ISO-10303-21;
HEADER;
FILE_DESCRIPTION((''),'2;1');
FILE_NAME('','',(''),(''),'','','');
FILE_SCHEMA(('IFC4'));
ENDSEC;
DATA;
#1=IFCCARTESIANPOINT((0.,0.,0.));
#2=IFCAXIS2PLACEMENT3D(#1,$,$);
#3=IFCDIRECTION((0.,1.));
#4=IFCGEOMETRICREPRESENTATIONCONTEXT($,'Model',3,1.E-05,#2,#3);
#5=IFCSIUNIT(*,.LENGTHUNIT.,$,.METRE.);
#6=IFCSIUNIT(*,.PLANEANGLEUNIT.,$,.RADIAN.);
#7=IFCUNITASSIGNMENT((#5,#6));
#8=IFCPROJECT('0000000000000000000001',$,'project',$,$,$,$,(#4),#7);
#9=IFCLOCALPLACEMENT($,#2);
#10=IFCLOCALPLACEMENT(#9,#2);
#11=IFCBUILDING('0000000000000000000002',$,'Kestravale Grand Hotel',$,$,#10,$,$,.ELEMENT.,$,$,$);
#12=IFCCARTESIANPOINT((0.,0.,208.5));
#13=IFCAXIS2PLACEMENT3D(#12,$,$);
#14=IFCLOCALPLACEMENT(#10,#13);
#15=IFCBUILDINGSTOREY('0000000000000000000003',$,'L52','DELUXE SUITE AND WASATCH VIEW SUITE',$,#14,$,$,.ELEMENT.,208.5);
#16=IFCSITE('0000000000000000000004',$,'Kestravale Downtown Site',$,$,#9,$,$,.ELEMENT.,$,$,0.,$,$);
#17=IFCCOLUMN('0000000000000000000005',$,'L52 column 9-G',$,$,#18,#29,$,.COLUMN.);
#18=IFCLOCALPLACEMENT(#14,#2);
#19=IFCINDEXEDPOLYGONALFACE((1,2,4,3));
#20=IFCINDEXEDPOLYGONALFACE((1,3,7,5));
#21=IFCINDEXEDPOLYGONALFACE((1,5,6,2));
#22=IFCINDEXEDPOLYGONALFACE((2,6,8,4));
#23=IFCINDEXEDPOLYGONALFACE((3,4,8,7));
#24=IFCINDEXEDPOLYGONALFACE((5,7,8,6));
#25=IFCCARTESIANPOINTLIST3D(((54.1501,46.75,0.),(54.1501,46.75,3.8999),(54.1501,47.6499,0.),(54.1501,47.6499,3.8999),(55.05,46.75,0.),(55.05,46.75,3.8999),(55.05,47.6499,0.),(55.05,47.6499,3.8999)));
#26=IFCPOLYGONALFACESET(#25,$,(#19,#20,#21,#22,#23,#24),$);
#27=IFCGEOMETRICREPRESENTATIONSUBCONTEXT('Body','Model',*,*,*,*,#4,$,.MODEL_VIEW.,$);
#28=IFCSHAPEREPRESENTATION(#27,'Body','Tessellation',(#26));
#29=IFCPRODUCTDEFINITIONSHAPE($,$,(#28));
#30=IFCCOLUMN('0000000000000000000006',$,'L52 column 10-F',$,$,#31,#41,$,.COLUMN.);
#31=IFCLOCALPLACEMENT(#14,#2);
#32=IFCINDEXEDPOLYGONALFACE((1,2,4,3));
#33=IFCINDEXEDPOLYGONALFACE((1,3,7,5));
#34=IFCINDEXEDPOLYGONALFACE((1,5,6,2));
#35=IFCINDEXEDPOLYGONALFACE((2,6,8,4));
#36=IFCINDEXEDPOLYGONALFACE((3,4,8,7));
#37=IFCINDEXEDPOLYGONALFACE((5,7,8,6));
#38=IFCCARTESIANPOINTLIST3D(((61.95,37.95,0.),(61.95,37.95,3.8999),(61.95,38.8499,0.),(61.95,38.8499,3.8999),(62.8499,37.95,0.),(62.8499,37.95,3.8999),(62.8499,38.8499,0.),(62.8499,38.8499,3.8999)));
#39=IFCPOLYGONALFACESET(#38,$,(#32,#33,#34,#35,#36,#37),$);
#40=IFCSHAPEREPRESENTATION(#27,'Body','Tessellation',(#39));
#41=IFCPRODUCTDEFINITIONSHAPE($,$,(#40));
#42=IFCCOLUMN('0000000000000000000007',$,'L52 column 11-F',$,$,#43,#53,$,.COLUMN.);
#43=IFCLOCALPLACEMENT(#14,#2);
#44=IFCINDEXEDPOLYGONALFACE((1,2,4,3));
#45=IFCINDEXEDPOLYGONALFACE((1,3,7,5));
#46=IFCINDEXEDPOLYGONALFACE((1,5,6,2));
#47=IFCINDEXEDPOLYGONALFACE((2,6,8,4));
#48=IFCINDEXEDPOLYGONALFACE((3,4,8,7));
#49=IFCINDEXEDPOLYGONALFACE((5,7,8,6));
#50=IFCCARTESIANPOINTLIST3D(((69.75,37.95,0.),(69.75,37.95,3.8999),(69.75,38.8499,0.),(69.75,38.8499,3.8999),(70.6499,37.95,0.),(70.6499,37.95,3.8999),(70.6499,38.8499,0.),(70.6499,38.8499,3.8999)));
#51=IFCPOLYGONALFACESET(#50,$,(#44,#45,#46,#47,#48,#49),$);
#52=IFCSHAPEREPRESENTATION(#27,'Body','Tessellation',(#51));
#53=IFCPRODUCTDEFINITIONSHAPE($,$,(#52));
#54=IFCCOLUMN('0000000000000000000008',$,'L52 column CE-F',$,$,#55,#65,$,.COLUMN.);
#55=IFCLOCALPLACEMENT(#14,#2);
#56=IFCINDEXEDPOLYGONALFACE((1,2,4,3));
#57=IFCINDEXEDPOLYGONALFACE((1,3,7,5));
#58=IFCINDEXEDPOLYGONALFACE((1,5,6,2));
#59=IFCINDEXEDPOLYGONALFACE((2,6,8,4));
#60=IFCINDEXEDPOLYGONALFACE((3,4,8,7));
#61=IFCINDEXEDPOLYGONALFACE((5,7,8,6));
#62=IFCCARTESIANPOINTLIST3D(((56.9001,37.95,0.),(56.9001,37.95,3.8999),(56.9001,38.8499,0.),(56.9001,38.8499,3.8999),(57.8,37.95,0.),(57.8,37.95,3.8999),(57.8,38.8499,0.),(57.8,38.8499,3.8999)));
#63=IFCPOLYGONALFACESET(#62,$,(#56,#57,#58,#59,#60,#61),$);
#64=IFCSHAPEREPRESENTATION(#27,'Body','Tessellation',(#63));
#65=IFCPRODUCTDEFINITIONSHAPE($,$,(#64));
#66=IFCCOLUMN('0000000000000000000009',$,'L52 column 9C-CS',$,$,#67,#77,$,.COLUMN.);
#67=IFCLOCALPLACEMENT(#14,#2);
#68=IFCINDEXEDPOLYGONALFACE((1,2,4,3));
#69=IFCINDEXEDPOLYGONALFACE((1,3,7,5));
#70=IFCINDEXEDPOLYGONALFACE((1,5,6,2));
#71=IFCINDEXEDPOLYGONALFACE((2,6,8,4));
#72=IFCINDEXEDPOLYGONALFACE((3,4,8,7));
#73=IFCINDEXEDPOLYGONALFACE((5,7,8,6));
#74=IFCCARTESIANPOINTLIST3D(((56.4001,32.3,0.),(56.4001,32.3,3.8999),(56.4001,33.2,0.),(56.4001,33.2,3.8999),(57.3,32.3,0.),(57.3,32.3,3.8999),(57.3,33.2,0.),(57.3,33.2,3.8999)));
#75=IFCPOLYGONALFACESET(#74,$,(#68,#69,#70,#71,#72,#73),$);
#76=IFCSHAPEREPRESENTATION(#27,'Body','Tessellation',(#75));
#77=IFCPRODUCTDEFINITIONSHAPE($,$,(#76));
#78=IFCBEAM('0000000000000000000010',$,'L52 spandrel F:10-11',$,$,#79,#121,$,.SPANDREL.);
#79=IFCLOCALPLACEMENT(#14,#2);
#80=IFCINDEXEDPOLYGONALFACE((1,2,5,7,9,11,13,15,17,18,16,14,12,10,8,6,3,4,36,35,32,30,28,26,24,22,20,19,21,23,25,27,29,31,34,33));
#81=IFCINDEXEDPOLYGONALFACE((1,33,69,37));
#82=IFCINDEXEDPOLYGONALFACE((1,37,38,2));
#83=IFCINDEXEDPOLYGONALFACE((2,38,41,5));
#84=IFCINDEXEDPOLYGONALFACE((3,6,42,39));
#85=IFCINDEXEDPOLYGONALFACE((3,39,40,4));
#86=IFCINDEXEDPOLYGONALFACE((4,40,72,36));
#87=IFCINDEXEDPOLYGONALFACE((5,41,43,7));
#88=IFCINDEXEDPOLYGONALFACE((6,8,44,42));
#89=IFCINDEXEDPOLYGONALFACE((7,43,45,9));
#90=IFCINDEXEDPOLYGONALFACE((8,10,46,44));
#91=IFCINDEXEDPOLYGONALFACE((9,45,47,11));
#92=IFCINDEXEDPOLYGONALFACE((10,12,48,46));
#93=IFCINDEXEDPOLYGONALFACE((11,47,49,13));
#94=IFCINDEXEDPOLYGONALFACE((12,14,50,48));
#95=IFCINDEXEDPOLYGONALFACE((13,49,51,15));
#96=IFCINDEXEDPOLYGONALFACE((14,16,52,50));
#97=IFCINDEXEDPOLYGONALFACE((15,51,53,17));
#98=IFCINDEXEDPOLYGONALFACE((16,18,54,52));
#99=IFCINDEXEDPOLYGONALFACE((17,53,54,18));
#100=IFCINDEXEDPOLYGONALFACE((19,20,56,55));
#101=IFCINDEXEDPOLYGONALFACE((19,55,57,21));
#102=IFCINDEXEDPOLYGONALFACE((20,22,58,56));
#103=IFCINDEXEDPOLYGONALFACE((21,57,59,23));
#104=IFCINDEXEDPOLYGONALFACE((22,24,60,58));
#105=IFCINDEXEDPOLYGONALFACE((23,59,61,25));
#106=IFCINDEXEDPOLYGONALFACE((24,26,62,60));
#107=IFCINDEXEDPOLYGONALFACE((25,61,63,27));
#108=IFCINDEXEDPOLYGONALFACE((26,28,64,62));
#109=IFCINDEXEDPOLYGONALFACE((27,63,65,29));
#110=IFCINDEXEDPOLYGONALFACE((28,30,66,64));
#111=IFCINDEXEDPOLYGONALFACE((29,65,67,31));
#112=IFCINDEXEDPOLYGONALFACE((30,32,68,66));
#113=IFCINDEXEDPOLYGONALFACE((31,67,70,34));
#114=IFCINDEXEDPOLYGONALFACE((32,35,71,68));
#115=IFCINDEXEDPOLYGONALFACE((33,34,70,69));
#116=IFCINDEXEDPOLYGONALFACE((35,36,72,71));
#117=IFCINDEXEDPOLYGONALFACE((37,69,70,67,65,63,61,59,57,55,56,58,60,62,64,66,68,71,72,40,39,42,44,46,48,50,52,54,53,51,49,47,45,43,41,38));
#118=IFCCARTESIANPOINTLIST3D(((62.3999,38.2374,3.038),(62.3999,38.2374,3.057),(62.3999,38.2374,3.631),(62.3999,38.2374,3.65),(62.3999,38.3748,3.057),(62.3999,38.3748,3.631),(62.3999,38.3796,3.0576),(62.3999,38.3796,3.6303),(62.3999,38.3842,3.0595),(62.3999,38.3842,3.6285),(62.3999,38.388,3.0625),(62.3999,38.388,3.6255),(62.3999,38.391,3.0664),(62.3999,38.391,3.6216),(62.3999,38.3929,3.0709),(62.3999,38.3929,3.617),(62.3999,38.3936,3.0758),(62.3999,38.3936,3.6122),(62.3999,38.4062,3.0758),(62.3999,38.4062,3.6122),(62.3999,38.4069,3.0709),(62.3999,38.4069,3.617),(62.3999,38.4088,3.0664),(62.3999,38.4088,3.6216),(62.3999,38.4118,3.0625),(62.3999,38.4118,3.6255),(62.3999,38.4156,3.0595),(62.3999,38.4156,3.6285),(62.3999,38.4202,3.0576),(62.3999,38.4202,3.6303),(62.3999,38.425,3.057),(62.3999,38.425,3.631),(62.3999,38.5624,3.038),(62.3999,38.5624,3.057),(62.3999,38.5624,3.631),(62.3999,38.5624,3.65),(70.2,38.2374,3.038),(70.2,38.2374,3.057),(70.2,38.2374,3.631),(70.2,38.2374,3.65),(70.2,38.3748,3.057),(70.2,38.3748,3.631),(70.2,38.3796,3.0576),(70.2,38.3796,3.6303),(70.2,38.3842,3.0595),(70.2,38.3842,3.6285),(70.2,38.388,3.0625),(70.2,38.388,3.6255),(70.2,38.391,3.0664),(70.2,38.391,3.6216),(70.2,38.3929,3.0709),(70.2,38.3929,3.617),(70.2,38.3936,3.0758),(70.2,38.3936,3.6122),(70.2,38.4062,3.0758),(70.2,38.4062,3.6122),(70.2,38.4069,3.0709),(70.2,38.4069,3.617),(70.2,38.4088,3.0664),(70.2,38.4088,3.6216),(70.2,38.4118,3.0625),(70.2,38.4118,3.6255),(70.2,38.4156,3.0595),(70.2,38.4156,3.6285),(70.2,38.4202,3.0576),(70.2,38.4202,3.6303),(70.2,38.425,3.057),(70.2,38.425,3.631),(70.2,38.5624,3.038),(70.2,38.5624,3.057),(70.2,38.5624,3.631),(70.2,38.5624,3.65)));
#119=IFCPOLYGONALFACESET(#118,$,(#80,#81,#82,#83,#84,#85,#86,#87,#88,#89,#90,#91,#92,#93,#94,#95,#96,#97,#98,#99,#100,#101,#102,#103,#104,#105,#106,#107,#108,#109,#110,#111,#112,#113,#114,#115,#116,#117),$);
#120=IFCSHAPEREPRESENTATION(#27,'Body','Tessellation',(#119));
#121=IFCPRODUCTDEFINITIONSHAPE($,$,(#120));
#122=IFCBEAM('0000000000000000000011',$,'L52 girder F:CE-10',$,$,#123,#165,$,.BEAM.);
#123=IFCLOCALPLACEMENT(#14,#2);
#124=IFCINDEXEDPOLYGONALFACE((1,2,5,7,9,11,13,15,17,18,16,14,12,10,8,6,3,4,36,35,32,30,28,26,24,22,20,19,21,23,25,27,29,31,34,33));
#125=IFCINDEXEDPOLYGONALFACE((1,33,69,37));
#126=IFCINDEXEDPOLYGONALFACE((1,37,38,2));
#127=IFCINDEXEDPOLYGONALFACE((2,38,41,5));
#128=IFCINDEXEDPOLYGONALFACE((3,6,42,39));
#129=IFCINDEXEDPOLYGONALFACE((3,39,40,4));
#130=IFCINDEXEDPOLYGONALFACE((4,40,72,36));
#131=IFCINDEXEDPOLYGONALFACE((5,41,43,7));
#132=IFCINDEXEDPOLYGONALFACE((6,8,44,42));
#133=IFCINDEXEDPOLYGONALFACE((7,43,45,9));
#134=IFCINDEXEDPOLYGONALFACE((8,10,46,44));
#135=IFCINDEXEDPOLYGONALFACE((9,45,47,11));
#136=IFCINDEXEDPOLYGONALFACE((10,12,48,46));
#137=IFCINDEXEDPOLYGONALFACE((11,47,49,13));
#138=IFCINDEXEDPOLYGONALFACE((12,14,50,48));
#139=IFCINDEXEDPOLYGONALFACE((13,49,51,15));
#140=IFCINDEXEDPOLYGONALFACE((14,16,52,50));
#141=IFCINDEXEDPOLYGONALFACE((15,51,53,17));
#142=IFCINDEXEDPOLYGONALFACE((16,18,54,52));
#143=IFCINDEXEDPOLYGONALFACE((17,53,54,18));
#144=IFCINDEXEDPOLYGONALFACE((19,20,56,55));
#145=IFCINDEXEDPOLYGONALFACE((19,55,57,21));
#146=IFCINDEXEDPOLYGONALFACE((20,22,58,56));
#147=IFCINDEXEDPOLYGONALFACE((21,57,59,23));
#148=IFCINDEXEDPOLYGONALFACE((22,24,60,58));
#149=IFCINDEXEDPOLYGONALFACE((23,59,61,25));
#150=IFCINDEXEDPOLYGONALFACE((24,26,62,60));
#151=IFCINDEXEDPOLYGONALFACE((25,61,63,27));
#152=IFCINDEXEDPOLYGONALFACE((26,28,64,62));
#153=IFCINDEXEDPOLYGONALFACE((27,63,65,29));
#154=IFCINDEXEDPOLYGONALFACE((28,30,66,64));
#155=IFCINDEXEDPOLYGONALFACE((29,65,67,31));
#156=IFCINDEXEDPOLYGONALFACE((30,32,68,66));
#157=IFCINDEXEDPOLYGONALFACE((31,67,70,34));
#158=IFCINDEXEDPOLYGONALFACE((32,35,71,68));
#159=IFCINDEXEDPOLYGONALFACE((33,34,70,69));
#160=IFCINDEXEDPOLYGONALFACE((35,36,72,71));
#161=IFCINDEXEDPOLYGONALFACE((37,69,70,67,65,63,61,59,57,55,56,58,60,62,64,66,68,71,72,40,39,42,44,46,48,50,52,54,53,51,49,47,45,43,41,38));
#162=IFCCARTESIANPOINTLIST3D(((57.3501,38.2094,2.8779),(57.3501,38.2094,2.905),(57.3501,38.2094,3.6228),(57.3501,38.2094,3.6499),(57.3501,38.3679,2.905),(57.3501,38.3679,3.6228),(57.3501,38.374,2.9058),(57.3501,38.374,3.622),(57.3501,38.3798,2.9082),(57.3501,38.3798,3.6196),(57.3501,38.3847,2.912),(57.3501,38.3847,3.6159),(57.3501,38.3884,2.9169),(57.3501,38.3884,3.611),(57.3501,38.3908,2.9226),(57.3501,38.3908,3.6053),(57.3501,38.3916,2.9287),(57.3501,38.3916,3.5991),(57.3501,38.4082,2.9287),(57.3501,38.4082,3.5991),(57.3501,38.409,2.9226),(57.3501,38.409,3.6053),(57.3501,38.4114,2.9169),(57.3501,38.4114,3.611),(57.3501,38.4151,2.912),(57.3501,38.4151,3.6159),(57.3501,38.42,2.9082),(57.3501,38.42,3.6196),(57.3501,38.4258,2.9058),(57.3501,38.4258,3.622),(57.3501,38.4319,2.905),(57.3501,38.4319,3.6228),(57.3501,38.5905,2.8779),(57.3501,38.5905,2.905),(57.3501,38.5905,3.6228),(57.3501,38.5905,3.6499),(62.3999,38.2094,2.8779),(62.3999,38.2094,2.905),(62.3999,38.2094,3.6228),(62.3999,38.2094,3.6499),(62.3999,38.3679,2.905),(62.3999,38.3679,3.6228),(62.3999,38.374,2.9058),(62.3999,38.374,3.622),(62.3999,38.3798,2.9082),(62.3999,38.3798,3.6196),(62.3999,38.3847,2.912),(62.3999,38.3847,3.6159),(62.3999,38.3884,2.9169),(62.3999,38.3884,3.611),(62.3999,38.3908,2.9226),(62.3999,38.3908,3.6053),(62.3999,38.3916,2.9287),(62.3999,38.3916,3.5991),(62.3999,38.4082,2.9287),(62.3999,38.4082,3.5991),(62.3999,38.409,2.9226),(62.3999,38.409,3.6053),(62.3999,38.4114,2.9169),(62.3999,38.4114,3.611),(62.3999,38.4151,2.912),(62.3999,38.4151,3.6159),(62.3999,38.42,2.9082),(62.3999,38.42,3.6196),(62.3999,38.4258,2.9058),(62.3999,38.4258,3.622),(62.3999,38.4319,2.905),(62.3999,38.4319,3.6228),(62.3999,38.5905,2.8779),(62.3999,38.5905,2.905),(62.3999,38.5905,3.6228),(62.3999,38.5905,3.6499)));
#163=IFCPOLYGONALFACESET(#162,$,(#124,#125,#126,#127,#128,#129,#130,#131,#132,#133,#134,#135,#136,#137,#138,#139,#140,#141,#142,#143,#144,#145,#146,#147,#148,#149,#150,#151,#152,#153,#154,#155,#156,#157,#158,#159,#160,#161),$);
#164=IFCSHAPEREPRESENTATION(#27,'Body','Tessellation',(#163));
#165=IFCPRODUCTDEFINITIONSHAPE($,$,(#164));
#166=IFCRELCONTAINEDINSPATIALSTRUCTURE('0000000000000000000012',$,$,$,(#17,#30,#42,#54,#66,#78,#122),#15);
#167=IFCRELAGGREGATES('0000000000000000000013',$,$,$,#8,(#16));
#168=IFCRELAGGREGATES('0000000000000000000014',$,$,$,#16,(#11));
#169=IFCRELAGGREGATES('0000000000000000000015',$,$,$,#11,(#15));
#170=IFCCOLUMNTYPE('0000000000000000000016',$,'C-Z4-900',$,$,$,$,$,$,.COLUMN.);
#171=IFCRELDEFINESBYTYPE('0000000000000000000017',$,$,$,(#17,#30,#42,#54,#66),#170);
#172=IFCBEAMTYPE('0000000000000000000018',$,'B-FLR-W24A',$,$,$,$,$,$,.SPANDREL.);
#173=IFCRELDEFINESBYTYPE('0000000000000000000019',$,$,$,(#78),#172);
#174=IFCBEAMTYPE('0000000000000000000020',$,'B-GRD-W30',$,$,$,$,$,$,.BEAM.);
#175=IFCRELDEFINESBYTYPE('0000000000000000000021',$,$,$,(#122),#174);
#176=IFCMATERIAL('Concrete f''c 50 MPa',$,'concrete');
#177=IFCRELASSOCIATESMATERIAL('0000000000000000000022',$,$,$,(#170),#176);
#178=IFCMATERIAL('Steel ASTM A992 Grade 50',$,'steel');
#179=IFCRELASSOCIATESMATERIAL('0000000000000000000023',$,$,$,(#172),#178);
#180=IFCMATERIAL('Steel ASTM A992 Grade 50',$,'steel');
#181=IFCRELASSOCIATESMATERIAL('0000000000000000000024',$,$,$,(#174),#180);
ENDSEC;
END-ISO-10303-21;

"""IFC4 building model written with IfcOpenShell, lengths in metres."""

from ifc_helpers import new_model, si_unit, direction, frame, origin, origin_2d, place, context, subcontext, project, spatial, rectangle, i_section, extrude, material, material_profile, profile_set, type_object, element, save


model = new_model("IFC4")

# Units and contexts
model_context = context("Model", 3, precision=1e-05, world=origin(), true_north=direction((0.0, 1.0)))
body_context = subcontext(model_context, "Body", "Model", "MODEL_VIEW")
ifc_project = project(units=[si_unit("LENGTHUNIT", "METRE"), si_unit("PLANEANGLEUNIT", "RADIAN")], contexts=[model_context])

# Site, building, storey
site_placement = place(None, origin())
site = spatial("IfcSite", under=ifc_project, at=site_placement, Name="Kestravale Downtown Site", CompositionType="ELEMENT", RefElevation=0.0)
building_placement = place(site_placement, origin())
building = spatial("IfcBuilding", under=site, at=building_placement, Name="Kestravale Grand Hotel", CompositionType="ELEMENT")
storey_placement = place(building_placement, frame((0.0, 0.0, 208.5)))
storey = spatial("IfcBuildingStorey", under=building, at=storey_placement, Name="L52", Description="DELUXE SUITE AND WASATCH VIEW SUITE", CompositionType="ELEMENT", Elevation=208.5)

# Columns
ifc_material_1 = material(Name="Concrete f'c 50 MPa", Category="concrete")
ifc_material_profile_1 = material_profile(ifc_material_1, rectangle(XDim=0.8999, YDim=0.8999, at=origin_2d()))
ifc_profile_set_1 = profile_set([ifc_material_profile_1], Name="Concrete f'c 50 MPa")
column_type = type_object("IfcColumnType", Name="C-Z4-900", PredefinedType="COLUMN", material=ifc_profile_set_1)
for number, where, z_axis, x_axis, name in (
    (1, (54.6001, 47.2, 0.0), (0.0, 0.0, 1.0), (1.0, 0.0, 0.0), "L52 column 9-G"),
    (2, (62.3999, 38.3999, 0.0), (0.0, 0.0, 1.0), (1.0, 0.0, 0.0), "L52 column 10-F"),
    (3, (70.2, 38.3999, 0.0), (0.0, 0.0, 1.0), (1.0, 0.0, 0.0), "L52 column 11-F"),
    (4, (57.3501, 38.3999, 0.0), (0.0, 0.0, 1.0), (1.0, 0.0, 0.0), "L52 column CE-F"),
    (5, (56.8501, 32.75, 0.0), (0.0, 0.0, 1.0), (1.0, 0.0, 0.0), "L52 column 9C-CS"),
):
    element("IfcColumn", number, at=place(storey_placement, frame(where, z_axis=z_axis, x_axis=x_axis)), inside=storey, type_object=column_type, Name=name, PredefinedType="COLUMN", context=body_context, shape_type="SweptSolid", body=[
        extrude(rectangle(XDim=0.8999, YDim=0.8999, at=origin_2d()), origin(), (0.0, 0.0, 1.0), 3.8999),
    ])

# Beams
ifc_material_2 = material(Name="Steel ASTM A992 Grade 50", Category="steel")
ifc_material_profile_2 = material_profile(ifc_material_2, i_section(OverallWidth=0.325, OverallDepth=0.6121, WebThickness=0.0127, FlangeThickness=0.019, FilletRadius=0.0188, at=origin_2d()))
ifc_profile_set_2 = profile_set([ifc_material_profile_2], Name="Steel ASTM A992 Grade 50")
beam_type_1 = type_object("IfcBeamType", Name="B-FLR-W24A", PredefinedType="SPANDREL", material=ifc_profile_set_2)
beam_1_placement = place(storey_placement, frame((62.3999, 38.3999, 3.344), z_axis=(1.0, 0.0, 0.0), x_axis=(0.0, 1.0, 0.0)))
element("IfcBeam", 6, at=beam_1_placement, inside=storey, type_object=beam_type_1, Name="L52 spandrel F:10-11", PredefinedType="SPANDREL", context=body_context, shape_type="SweptSolid", body=[
    extrude(i_section(OverallWidth=0.325, OverallDepth=0.6121, WebThickness=0.0127, FlangeThickness=0.019, FilletRadius=0.0188, at=origin_2d()), origin(), (0.0, 0.0, 1.0), 7.8),
])
ifc_material_3 = material(Name="Steel ASTM A992 Grade 50", Category="steel")
ifc_material_profile_3 = material_profile(ifc_material_3, i_section(OverallWidth=0.3811, OverallDepth=0.772, WebThickness=0.0166, FlangeThickness=0.0271, FilletRadius=0.0237, at=origin_2d()))
ifc_profile_set_3 = profile_set([ifc_material_profile_3], Name="Steel ASTM A992 Grade 50")
beam_type_2 = type_object("IfcBeamType", Name="B-GRD-W30", PredefinedType="BEAM", material=ifc_profile_set_3)
beam_2_placement = place(storey_placement, frame((57.3501, 38.3999, 3.2639), z_axis=(1.0, 0.0, 0.0), x_axis=(0.0, 1.0, 0.0)))
element("IfcBeam", 7, at=beam_2_placement, inside=storey, type_object=beam_type_2, Name="L52 girder F:CE-10", PredefinedType="BEAM", context=body_context, shape_type="SweptSolid", body=[
    extrude(i_section(OverallWidth=0.3811, OverallDepth=0.772, WebThickness=0.0166, FlangeThickness=0.0271, FilletRadius=0.0237, at=origin_2d()), origin(), (0.0, 0.0, 1.0), 5.0498),
])

save(model, "model.ifc")
